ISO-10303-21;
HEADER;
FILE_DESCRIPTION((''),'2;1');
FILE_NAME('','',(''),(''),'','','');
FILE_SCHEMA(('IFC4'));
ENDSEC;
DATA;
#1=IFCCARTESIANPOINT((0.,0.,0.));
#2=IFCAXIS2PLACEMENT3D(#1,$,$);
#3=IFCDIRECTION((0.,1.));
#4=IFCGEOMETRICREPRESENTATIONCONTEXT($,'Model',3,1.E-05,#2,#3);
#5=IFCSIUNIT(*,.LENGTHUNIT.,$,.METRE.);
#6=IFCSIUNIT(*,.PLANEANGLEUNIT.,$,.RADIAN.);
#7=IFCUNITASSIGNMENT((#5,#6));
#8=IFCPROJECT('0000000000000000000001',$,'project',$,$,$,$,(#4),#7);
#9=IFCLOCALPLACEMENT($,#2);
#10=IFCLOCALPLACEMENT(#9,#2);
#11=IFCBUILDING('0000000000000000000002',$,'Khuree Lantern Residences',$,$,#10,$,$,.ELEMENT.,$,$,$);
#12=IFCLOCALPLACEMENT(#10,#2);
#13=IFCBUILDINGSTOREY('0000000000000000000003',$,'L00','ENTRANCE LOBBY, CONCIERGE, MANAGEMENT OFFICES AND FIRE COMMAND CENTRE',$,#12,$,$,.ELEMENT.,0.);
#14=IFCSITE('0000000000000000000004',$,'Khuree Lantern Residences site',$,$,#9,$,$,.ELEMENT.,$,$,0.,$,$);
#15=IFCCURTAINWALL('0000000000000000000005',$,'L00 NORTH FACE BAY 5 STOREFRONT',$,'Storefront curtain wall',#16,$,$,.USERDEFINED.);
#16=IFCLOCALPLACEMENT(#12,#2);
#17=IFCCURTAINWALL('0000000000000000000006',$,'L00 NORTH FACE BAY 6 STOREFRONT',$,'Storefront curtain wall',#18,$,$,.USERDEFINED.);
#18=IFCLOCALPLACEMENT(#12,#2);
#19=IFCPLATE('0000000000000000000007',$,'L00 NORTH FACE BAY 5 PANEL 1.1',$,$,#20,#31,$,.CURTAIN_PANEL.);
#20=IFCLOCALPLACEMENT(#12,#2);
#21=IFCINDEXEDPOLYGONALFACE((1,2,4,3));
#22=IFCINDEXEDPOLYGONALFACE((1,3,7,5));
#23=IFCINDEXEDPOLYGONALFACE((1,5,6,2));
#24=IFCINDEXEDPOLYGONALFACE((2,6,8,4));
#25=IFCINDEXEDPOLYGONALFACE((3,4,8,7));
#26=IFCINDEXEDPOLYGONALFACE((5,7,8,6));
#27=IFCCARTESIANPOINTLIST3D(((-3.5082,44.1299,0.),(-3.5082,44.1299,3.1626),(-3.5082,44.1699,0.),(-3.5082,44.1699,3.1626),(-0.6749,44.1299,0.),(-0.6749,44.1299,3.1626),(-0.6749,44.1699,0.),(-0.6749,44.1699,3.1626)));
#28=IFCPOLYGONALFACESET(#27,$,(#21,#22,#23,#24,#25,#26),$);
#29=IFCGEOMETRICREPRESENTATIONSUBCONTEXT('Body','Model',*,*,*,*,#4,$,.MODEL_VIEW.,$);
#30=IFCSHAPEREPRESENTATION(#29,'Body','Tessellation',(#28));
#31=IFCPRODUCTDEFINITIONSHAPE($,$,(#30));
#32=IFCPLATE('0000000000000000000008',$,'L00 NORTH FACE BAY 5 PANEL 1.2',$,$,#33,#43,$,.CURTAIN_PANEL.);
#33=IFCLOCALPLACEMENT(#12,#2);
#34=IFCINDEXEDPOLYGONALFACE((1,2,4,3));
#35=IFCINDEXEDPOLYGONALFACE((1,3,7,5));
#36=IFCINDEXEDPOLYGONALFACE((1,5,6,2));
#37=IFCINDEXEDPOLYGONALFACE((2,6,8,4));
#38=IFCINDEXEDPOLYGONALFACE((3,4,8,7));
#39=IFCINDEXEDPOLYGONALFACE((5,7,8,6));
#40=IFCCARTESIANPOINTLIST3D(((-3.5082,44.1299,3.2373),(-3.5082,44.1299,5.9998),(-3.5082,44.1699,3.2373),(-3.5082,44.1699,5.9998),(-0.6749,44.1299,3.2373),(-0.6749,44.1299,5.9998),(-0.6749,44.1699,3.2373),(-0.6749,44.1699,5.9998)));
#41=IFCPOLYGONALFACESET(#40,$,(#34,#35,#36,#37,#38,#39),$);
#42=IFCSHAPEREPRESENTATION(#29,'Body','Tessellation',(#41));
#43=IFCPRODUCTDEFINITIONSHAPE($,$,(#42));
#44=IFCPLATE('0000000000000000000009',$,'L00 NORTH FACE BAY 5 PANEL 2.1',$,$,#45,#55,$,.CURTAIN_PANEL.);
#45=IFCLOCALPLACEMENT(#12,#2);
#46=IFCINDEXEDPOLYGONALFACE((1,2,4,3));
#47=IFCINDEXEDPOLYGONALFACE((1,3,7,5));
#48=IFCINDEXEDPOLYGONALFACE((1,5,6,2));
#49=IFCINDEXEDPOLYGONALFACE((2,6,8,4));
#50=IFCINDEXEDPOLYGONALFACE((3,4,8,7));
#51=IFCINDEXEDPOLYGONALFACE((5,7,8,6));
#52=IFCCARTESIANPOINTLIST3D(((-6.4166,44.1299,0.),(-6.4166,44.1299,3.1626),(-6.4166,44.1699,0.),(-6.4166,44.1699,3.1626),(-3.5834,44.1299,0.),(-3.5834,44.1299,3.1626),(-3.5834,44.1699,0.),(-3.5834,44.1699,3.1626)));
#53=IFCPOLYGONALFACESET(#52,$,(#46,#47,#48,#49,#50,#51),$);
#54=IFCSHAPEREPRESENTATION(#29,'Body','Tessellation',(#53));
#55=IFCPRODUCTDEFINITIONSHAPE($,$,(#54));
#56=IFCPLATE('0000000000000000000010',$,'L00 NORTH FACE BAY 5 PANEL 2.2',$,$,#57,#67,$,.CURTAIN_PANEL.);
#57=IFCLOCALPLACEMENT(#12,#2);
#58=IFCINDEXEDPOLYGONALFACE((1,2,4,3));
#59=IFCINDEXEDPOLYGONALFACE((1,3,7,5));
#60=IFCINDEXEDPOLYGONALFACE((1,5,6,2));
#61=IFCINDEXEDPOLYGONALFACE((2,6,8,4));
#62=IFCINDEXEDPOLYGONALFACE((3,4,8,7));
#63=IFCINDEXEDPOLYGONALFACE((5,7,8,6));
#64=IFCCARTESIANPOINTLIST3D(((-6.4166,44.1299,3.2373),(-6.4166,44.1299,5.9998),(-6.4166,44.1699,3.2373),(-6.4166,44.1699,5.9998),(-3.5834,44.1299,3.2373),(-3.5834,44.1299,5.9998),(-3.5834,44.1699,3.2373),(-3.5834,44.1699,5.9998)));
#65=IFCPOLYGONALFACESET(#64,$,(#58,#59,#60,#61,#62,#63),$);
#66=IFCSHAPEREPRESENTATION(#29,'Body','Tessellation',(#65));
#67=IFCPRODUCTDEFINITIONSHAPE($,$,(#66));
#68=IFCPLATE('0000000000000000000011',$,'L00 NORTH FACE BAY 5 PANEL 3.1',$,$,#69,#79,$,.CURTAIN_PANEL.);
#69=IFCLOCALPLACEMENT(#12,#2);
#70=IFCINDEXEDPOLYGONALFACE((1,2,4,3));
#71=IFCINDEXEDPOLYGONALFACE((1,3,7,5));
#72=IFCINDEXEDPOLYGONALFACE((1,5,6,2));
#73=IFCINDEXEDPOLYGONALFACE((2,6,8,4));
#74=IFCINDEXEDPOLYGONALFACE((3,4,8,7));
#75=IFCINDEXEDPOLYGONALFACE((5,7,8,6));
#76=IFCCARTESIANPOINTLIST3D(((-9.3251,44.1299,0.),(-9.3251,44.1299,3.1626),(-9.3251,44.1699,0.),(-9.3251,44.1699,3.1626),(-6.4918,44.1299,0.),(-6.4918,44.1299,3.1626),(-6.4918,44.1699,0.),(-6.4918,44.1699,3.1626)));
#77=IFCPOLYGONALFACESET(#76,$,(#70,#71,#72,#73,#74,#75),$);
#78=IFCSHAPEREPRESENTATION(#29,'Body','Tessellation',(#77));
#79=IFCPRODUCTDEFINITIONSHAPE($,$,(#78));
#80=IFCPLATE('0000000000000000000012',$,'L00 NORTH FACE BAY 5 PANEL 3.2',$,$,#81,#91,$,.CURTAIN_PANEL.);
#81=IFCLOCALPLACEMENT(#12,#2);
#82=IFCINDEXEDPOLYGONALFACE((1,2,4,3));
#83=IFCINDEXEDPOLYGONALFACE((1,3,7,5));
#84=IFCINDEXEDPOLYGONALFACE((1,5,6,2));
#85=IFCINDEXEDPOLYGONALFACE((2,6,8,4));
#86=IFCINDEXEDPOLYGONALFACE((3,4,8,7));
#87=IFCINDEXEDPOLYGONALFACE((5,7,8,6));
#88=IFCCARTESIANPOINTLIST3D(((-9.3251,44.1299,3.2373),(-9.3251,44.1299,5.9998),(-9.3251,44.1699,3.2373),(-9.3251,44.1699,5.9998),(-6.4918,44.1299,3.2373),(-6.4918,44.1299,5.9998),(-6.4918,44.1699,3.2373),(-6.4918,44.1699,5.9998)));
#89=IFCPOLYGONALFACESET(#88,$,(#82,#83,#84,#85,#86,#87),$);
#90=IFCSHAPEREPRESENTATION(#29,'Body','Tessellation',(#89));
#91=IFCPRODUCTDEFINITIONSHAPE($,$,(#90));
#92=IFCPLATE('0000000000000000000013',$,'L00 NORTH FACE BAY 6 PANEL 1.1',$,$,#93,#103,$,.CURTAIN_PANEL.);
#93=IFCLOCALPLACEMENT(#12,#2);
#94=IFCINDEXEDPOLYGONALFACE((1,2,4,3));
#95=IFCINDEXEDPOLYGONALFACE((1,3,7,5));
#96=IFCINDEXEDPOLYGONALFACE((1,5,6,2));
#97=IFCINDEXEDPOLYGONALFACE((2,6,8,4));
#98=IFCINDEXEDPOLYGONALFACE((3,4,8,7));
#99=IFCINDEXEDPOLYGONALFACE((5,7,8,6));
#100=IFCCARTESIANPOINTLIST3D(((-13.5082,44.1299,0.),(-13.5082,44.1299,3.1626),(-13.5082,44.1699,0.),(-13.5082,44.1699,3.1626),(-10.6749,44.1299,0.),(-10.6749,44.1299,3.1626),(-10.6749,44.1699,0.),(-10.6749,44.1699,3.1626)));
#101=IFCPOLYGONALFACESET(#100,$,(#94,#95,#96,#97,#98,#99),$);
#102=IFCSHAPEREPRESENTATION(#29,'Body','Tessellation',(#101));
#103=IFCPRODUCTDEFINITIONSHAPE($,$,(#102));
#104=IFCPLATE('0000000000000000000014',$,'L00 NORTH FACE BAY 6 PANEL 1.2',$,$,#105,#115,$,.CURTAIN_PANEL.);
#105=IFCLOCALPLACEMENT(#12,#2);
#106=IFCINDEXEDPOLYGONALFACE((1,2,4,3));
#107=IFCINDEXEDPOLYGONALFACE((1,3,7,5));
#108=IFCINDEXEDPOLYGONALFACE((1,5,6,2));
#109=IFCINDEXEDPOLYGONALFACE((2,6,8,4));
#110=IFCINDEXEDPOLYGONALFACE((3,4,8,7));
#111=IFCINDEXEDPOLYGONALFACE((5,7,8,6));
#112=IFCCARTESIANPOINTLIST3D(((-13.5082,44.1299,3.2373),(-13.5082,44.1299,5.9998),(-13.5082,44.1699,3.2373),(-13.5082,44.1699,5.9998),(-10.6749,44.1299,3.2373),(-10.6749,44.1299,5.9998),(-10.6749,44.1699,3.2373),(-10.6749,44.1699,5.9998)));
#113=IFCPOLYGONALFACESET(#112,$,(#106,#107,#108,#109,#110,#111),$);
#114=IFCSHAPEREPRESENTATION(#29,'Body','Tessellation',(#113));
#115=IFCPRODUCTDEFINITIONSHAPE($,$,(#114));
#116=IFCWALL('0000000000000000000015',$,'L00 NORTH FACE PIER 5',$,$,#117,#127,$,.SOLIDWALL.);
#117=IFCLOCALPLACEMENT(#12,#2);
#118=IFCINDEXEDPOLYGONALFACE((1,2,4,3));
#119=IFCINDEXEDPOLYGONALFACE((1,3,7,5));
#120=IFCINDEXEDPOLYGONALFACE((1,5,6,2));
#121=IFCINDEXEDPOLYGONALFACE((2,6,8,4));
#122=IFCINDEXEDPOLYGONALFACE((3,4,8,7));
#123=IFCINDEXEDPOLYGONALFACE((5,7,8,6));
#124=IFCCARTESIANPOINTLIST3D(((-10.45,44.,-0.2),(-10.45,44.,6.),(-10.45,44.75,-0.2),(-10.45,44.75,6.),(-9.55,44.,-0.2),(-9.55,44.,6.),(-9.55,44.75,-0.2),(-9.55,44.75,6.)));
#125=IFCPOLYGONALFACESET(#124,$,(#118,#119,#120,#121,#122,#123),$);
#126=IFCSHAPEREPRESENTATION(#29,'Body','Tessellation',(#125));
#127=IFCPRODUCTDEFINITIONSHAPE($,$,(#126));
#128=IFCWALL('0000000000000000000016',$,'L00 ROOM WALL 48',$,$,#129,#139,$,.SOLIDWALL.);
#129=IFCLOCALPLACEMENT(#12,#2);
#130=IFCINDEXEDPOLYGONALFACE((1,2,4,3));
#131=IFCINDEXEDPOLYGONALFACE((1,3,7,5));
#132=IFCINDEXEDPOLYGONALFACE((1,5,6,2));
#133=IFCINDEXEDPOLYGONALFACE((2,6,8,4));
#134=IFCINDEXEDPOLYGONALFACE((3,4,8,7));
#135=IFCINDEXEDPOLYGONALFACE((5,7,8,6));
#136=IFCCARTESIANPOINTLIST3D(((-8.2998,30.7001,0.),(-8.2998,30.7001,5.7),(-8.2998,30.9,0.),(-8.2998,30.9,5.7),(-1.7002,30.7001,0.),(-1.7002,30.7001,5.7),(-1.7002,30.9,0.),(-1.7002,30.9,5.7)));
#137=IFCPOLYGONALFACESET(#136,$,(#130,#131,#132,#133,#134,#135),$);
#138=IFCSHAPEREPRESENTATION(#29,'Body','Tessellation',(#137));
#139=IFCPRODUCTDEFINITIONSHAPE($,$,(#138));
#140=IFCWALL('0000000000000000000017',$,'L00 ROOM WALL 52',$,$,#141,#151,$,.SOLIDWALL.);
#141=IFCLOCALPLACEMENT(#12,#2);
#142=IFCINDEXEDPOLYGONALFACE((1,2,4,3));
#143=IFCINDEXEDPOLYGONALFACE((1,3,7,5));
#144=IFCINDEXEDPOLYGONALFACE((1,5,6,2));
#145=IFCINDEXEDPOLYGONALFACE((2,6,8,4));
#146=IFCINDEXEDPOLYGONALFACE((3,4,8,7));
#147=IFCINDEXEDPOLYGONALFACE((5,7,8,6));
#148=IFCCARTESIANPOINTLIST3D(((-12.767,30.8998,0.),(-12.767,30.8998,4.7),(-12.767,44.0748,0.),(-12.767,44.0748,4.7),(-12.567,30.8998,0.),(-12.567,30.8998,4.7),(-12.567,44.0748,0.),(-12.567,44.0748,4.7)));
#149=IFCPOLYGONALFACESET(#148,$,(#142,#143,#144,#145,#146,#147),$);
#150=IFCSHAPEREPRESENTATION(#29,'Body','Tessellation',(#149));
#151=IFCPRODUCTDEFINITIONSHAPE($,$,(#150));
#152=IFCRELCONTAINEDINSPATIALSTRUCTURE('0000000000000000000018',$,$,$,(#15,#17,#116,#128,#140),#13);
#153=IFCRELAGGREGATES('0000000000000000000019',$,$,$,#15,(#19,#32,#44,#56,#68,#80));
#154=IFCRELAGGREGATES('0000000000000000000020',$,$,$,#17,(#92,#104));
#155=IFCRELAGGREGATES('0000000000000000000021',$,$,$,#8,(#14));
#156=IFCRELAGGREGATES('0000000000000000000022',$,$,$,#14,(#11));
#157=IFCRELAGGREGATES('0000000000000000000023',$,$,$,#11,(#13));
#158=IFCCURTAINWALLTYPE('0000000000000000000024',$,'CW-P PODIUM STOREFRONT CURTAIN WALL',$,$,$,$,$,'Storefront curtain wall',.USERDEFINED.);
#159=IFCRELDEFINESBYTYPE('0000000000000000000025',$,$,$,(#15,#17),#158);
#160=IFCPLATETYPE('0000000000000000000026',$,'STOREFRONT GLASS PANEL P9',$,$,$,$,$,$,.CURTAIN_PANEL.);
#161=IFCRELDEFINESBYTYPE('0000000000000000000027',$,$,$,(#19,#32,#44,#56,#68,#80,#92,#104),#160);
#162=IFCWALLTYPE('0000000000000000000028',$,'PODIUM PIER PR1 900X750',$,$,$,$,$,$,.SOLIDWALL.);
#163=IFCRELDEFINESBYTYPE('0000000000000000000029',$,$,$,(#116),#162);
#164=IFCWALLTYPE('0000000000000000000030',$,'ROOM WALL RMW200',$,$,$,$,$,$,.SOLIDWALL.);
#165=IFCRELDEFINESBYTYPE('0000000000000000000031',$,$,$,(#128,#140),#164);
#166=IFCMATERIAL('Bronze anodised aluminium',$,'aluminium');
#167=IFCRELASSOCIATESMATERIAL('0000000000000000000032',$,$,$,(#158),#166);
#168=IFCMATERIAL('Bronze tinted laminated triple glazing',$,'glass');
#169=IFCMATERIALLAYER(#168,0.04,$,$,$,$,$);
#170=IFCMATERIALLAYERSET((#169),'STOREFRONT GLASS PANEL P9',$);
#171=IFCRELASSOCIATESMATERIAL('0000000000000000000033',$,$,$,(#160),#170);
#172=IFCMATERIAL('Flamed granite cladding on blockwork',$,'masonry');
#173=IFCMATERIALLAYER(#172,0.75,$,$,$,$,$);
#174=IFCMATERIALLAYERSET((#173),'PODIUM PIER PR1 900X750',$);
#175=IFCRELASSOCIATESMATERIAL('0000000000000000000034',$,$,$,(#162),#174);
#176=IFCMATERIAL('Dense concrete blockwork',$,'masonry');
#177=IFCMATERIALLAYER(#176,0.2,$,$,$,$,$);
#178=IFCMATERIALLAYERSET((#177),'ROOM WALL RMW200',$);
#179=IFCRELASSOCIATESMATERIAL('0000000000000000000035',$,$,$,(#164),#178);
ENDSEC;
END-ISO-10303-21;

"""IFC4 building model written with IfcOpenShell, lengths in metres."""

from ifc_helpers import new_model, si_unit, direction, frame, frame_2d, origin, origin_2d, place, context, subcontext, project, spatial, rectangle, extrude, material, layer, layer_set, type_object, element, aggregate, save


model = new_model("IFC4")

# Units and contexts
model_context = context("Model", 3, precision=1e-05, world=origin(), true_north=direction((0.0, 1.0)))
body_context = subcontext(model_context, "Body", "Model", "MODEL_VIEW")
ifc_project = project(units=[si_unit("LENGTHUNIT", "METRE"), si_unit("PLANEANGLEUNIT", "RADIAN")], contexts=[model_context])

# Site, building, storey
site_placement = place(None, origin())
site = spatial("IfcSite", under=ifc_project, at=site_placement, Name="Khuree Lantern Residences site", CompositionType="ELEMENT", RefElevation=0.0)
building_placement = place(site_placement, origin())
building = spatial("IfcBuilding", under=site, at=building_placement, Name="Khuree Lantern Residences", CompositionType="ELEMENT")
storey_placement = place(building_placement, origin())
storey = spatial("IfcBuildingStorey", under=building, at=storey_placement, Name="L00", Description="ENTRANCE LOBBY, CONCIERGE, MANAGEMENT OFFICES AND FIRE COMMAND CENTRE", CompositionType="ELEMENT", Elevation=0.0)

# Curtain walls
ifc_material_1 = material(Name="Bronze anodised aluminium", Category="aluminium")
curtain_wall_type = type_object("IfcCurtainWallType", Name="CW-P PODIUM STOREFRONT CURTAIN WALL", ElementType="Storefront curtain wall", PredefinedType="USERDEFINED", material=ifc_material_1)
curtain_wall_1_placement = place(storey_placement, origin())
curtain_wall_1 = element("IfcCurtainWall", 1, at=curtain_wall_1_placement, inside=storey, type_object=curtain_wall_type, Name="L00 NORTH FACE BAY 5 STOREFRONT", ObjectType="Storefront curtain wall", PredefinedType="USERDEFINED")
curtain_wall_2_placement = place(storey_placement, origin())
curtain_wall_2 = element("IfcCurtainWall", 2, at=curtain_wall_2_placement, inside=storey, type_object=curtain_wall_type, Name="L00 NORTH FACE BAY 6 STOREFRONT", ObjectType="Storefront curtain wall", PredefinedType="USERDEFINED")

# Plates
ifc_material_2 = material(Name="Bronze tinted laminated triple glazing", Category="glass")
ifc_layer_1 = layer(ifc_material_2, 0.04)
ifc_layer_set_1 = layer_set([ifc_layer_1], Name="STOREFRONT GLASS PANEL P9")
plate_type = type_object("IfcPlateType", Name="STOREFRONT GLASS PANEL P9", PredefinedType="CURTAIN_PANEL", material=ifc_layer_set_1)
plate_1_placement = place(storey_placement, frame((-2.0916, 44.1499, 0.0), z_axis=(0.0, 0.0, 1.0), x_axis=(-1.0, 0.0, 0.0)))
plate_1 = element("IfcPlate", 3, at=plate_1_placement, type_object=plate_type, Name="L00 NORTH FACE BAY 5 PANEL 1.1", PredefinedType="CURTAIN_PANEL", context=body_context, shape_type="SweptSolid", body=[
    extrude(rectangle(XDim=2.8333, YDim=0.04, at=origin_2d()), origin(), (0.0, 0.0, 1.0), 3.1626),
])
plate_2_placement = place(storey_placement, frame((-2.0916, 44.1499, 3.2373), z_axis=(0.0, 0.0, 1.0), x_axis=(-1.0, 0.0, 0.0)))
plate_2 = element("IfcPlate", 4, at=plate_2_placement, type_object=plate_type, Name="L00 NORTH FACE BAY 5 PANEL 1.2", PredefinedType="CURTAIN_PANEL", context=body_context, shape_type="SweptSolid", body=[
    extrude(rectangle(XDim=2.8333, YDim=0.04, at=origin_2d()), origin(), (0.0, 0.0, 1.0), 2.7625),
])
plate_3_placement = place(storey_placement, frame((-5.0, 44.1499, 0.0), z_axis=(0.0, 0.0, 1.0), x_axis=(-1.0, 0.0, 0.0)))
plate_3 = element("IfcPlate", 5, at=plate_3_placement, type_object=plate_type, Name="L00 NORTH FACE BAY 5 PANEL 2.1", PredefinedType="CURTAIN_PANEL", context=body_context, shape_type="SweptSolid", body=[
    extrude(rectangle(XDim=2.8333, YDim=0.04, at=origin_2d()), origin(), (0.0, 0.0, 1.0), 3.1626),
])
plate_4_placement = place(storey_placement, frame((-5.0, 44.1499, 3.2373), z_axis=(0.0, 0.0, 1.0), x_axis=(-1.0, 0.0, 0.0)))
plate_4 = element("IfcPlate", 6, at=plate_4_placement, type_object=plate_type, Name="L00 NORTH FACE BAY 5 PANEL 2.2", PredefinedType="CURTAIN_PANEL", context=body_context, shape_type="SweptSolid", body=[
    extrude(rectangle(XDim=2.8333, YDim=0.04, at=origin_2d()), origin(), (0.0, 0.0, 1.0), 2.7625),
])
plate_5_placement = place(storey_placement, frame((-7.9084, 44.1499, 0.0), z_axis=(0.0, 0.0, 1.0), x_axis=(-1.0, 0.0, 0.0)))
plate_5 = element("IfcPlate", 7, at=plate_5_placement, type_object=plate_type, Name="L00 NORTH FACE BAY 5 PANEL 3.1", PredefinedType="CURTAIN_PANEL", context=body_context, shape_type="SweptSolid", body=[
    extrude(rectangle(XDim=2.8333, YDim=0.04, at=origin_2d()), origin(), (0.0, 0.0, 1.0), 3.1626),
])
plate_6_placement = place(storey_placement, frame((-7.9084, 44.1499, 3.2373), z_axis=(0.0, 0.0, 1.0), x_axis=(-1.0, 0.0, 0.0)))
plate_6 = element("IfcPlate", 8, at=plate_6_placement, type_object=plate_type, Name="L00 NORTH FACE BAY 5 PANEL 3.2", PredefinedType="CURTAIN_PANEL", context=body_context, shape_type="SweptSolid", body=[
    extrude(rectangle(XDim=2.8333, YDim=0.04, at=origin_2d()), origin(), (0.0, 0.0, 1.0), 2.7625),
])
aggregate(curtain_wall_1, [plate_1, plate_2, plate_3, plate_4, plate_5, plate_6])
plate_7_placement = place(storey_placement, frame((-12.0916, 44.1499, 0.0), z_axis=(0.0, 0.0, 1.0), x_axis=(-1.0, 0.0, 0.0)))
plate_7 = element("IfcPlate", 9, at=plate_7_placement, type_object=plate_type, Name="L00 NORTH FACE BAY 6 PANEL 1.1", PredefinedType="CURTAIN_PANEL", context=body_context, shape_type="SweptSolid", body=[
    extrude(rectangle(XDim=2.8333, YDim=0.04, at=origin_2d()), origin(), (0.0, 0.0, 1.0), 3.1626),
])
plate_8_placement = place(storey_placement, frame((-12.0916, 44.1499, 3.2373), z_axis=(0.0, 0.0, 1.0), x_axis=(-1.0, 0.0, 0.0)))
plate_8 = element("IfcPlate", 10, at=plate_8_placement, type_object=plate_type, Name="L00 NORTH FACE BAY 6 PANEL 1.2", PredefinedType="CURTAIN_PANEL", context=body_context, shape_type="SweptSolid", body=[
    extrude(rectangle(XDim=2.8333, YDim=0.04, at=origin_2d()), origin(), (0.0, 0.0, 1.0), 2.7625),
])
aggregate(curtain_wall_2, [plate_7, plate_8])

# Walls
ifc_material_3 = material(Name="Flamed granite cladding on blockwork", Category="masonry")
ifc_layer_2 = layer(ifc_material_3, 0.75)
ifc_layer_set_2 = layer_set([ifc_layer_2], Name="PODIUM PIER PR1 900X750")
wall_type_1 = type_object("IfcWallType", Name="PODIUM PIER PR1 900X750", PredefinedType="SOLIDWALL", material=ifc_layer_set_2)
wall_1_placement = place(storey_placement, frame((-9.55, 44.375, -0.2), z_axis=(0.0, 0.0, 1.0), x_axis=(-1.0, 0.0, 0.0)))
element("IfcWall", 11, at=wall_1_placement, inside=storey, type_object=wall_type_1, Name="L00 NORTH FACE PIER 5", PredefinedType="SOLIDWALL", context=body_context, shape_type="SweptSolid", body=[
    extrude(rectangle(XDim=0.8999, YDim=0.75, at=frame_2d((0.45, 0.0))), origin(), (0.0, 0.0, 1.0), 6.2),
])
ifc_material_4 = material(Name="Dense concrete blockwork", Category="masonry")
ifc_layer_3 = layer(ifc_material_4, 0.2)
ifc_layer_set_3 = layer_set([ifc_layer_3], Name="ROOM WALL RMW200")
wall_type_2 = type_object("IfcWallType", Name="ROOM WALL RMW200", PredefinedType="SOLIDWALL", material=ifc_layer_set_3)
wall_2_placement = place(storey_placement, frame((-8.2998, 30.8, 0.0), z_axis=(0.0, 0.0, 1.0), x_axis=(1.0, 0.0, 0.0)))
element("IfcWall", 12, at=wall_2_placement, inside=storey, type_object=wall_type_2, Name="L00 ROOM WALL 48", PredefinedType="SOLIDWALL", context=body_context, shape_type="SweptSolid", body=[
    extrude(rectangle(XDim=6.5996, YDim=0.2, at=frame_2d((3.2998, 0.0))), origin(), (0.0, 0.0, 1.0), 5.7),
])
wall_3_placement = place(storey_placement, frame((-12.667, 30.8999, 0.0), z_axis=(0.0, 0.0, 1.0), x_axis=(0.0, 1.0, 0.0)))
element("IfcWall", 13, at=wall_3_placement, inside=storey, type_object=wall_type_2, Name="L00 ROOM WALL 52", PredefinedType="SOLIDWALL", context=body_context, shape_type="SweptSolid", body=[
    extrude(rectangle(XDim=13.175, YDim=0.2, at=frame_2d((6.5874, 0.0))), origin(), (0.0, 0.0, 1.0), 4.7),
])

save(model, "model.ifc")
